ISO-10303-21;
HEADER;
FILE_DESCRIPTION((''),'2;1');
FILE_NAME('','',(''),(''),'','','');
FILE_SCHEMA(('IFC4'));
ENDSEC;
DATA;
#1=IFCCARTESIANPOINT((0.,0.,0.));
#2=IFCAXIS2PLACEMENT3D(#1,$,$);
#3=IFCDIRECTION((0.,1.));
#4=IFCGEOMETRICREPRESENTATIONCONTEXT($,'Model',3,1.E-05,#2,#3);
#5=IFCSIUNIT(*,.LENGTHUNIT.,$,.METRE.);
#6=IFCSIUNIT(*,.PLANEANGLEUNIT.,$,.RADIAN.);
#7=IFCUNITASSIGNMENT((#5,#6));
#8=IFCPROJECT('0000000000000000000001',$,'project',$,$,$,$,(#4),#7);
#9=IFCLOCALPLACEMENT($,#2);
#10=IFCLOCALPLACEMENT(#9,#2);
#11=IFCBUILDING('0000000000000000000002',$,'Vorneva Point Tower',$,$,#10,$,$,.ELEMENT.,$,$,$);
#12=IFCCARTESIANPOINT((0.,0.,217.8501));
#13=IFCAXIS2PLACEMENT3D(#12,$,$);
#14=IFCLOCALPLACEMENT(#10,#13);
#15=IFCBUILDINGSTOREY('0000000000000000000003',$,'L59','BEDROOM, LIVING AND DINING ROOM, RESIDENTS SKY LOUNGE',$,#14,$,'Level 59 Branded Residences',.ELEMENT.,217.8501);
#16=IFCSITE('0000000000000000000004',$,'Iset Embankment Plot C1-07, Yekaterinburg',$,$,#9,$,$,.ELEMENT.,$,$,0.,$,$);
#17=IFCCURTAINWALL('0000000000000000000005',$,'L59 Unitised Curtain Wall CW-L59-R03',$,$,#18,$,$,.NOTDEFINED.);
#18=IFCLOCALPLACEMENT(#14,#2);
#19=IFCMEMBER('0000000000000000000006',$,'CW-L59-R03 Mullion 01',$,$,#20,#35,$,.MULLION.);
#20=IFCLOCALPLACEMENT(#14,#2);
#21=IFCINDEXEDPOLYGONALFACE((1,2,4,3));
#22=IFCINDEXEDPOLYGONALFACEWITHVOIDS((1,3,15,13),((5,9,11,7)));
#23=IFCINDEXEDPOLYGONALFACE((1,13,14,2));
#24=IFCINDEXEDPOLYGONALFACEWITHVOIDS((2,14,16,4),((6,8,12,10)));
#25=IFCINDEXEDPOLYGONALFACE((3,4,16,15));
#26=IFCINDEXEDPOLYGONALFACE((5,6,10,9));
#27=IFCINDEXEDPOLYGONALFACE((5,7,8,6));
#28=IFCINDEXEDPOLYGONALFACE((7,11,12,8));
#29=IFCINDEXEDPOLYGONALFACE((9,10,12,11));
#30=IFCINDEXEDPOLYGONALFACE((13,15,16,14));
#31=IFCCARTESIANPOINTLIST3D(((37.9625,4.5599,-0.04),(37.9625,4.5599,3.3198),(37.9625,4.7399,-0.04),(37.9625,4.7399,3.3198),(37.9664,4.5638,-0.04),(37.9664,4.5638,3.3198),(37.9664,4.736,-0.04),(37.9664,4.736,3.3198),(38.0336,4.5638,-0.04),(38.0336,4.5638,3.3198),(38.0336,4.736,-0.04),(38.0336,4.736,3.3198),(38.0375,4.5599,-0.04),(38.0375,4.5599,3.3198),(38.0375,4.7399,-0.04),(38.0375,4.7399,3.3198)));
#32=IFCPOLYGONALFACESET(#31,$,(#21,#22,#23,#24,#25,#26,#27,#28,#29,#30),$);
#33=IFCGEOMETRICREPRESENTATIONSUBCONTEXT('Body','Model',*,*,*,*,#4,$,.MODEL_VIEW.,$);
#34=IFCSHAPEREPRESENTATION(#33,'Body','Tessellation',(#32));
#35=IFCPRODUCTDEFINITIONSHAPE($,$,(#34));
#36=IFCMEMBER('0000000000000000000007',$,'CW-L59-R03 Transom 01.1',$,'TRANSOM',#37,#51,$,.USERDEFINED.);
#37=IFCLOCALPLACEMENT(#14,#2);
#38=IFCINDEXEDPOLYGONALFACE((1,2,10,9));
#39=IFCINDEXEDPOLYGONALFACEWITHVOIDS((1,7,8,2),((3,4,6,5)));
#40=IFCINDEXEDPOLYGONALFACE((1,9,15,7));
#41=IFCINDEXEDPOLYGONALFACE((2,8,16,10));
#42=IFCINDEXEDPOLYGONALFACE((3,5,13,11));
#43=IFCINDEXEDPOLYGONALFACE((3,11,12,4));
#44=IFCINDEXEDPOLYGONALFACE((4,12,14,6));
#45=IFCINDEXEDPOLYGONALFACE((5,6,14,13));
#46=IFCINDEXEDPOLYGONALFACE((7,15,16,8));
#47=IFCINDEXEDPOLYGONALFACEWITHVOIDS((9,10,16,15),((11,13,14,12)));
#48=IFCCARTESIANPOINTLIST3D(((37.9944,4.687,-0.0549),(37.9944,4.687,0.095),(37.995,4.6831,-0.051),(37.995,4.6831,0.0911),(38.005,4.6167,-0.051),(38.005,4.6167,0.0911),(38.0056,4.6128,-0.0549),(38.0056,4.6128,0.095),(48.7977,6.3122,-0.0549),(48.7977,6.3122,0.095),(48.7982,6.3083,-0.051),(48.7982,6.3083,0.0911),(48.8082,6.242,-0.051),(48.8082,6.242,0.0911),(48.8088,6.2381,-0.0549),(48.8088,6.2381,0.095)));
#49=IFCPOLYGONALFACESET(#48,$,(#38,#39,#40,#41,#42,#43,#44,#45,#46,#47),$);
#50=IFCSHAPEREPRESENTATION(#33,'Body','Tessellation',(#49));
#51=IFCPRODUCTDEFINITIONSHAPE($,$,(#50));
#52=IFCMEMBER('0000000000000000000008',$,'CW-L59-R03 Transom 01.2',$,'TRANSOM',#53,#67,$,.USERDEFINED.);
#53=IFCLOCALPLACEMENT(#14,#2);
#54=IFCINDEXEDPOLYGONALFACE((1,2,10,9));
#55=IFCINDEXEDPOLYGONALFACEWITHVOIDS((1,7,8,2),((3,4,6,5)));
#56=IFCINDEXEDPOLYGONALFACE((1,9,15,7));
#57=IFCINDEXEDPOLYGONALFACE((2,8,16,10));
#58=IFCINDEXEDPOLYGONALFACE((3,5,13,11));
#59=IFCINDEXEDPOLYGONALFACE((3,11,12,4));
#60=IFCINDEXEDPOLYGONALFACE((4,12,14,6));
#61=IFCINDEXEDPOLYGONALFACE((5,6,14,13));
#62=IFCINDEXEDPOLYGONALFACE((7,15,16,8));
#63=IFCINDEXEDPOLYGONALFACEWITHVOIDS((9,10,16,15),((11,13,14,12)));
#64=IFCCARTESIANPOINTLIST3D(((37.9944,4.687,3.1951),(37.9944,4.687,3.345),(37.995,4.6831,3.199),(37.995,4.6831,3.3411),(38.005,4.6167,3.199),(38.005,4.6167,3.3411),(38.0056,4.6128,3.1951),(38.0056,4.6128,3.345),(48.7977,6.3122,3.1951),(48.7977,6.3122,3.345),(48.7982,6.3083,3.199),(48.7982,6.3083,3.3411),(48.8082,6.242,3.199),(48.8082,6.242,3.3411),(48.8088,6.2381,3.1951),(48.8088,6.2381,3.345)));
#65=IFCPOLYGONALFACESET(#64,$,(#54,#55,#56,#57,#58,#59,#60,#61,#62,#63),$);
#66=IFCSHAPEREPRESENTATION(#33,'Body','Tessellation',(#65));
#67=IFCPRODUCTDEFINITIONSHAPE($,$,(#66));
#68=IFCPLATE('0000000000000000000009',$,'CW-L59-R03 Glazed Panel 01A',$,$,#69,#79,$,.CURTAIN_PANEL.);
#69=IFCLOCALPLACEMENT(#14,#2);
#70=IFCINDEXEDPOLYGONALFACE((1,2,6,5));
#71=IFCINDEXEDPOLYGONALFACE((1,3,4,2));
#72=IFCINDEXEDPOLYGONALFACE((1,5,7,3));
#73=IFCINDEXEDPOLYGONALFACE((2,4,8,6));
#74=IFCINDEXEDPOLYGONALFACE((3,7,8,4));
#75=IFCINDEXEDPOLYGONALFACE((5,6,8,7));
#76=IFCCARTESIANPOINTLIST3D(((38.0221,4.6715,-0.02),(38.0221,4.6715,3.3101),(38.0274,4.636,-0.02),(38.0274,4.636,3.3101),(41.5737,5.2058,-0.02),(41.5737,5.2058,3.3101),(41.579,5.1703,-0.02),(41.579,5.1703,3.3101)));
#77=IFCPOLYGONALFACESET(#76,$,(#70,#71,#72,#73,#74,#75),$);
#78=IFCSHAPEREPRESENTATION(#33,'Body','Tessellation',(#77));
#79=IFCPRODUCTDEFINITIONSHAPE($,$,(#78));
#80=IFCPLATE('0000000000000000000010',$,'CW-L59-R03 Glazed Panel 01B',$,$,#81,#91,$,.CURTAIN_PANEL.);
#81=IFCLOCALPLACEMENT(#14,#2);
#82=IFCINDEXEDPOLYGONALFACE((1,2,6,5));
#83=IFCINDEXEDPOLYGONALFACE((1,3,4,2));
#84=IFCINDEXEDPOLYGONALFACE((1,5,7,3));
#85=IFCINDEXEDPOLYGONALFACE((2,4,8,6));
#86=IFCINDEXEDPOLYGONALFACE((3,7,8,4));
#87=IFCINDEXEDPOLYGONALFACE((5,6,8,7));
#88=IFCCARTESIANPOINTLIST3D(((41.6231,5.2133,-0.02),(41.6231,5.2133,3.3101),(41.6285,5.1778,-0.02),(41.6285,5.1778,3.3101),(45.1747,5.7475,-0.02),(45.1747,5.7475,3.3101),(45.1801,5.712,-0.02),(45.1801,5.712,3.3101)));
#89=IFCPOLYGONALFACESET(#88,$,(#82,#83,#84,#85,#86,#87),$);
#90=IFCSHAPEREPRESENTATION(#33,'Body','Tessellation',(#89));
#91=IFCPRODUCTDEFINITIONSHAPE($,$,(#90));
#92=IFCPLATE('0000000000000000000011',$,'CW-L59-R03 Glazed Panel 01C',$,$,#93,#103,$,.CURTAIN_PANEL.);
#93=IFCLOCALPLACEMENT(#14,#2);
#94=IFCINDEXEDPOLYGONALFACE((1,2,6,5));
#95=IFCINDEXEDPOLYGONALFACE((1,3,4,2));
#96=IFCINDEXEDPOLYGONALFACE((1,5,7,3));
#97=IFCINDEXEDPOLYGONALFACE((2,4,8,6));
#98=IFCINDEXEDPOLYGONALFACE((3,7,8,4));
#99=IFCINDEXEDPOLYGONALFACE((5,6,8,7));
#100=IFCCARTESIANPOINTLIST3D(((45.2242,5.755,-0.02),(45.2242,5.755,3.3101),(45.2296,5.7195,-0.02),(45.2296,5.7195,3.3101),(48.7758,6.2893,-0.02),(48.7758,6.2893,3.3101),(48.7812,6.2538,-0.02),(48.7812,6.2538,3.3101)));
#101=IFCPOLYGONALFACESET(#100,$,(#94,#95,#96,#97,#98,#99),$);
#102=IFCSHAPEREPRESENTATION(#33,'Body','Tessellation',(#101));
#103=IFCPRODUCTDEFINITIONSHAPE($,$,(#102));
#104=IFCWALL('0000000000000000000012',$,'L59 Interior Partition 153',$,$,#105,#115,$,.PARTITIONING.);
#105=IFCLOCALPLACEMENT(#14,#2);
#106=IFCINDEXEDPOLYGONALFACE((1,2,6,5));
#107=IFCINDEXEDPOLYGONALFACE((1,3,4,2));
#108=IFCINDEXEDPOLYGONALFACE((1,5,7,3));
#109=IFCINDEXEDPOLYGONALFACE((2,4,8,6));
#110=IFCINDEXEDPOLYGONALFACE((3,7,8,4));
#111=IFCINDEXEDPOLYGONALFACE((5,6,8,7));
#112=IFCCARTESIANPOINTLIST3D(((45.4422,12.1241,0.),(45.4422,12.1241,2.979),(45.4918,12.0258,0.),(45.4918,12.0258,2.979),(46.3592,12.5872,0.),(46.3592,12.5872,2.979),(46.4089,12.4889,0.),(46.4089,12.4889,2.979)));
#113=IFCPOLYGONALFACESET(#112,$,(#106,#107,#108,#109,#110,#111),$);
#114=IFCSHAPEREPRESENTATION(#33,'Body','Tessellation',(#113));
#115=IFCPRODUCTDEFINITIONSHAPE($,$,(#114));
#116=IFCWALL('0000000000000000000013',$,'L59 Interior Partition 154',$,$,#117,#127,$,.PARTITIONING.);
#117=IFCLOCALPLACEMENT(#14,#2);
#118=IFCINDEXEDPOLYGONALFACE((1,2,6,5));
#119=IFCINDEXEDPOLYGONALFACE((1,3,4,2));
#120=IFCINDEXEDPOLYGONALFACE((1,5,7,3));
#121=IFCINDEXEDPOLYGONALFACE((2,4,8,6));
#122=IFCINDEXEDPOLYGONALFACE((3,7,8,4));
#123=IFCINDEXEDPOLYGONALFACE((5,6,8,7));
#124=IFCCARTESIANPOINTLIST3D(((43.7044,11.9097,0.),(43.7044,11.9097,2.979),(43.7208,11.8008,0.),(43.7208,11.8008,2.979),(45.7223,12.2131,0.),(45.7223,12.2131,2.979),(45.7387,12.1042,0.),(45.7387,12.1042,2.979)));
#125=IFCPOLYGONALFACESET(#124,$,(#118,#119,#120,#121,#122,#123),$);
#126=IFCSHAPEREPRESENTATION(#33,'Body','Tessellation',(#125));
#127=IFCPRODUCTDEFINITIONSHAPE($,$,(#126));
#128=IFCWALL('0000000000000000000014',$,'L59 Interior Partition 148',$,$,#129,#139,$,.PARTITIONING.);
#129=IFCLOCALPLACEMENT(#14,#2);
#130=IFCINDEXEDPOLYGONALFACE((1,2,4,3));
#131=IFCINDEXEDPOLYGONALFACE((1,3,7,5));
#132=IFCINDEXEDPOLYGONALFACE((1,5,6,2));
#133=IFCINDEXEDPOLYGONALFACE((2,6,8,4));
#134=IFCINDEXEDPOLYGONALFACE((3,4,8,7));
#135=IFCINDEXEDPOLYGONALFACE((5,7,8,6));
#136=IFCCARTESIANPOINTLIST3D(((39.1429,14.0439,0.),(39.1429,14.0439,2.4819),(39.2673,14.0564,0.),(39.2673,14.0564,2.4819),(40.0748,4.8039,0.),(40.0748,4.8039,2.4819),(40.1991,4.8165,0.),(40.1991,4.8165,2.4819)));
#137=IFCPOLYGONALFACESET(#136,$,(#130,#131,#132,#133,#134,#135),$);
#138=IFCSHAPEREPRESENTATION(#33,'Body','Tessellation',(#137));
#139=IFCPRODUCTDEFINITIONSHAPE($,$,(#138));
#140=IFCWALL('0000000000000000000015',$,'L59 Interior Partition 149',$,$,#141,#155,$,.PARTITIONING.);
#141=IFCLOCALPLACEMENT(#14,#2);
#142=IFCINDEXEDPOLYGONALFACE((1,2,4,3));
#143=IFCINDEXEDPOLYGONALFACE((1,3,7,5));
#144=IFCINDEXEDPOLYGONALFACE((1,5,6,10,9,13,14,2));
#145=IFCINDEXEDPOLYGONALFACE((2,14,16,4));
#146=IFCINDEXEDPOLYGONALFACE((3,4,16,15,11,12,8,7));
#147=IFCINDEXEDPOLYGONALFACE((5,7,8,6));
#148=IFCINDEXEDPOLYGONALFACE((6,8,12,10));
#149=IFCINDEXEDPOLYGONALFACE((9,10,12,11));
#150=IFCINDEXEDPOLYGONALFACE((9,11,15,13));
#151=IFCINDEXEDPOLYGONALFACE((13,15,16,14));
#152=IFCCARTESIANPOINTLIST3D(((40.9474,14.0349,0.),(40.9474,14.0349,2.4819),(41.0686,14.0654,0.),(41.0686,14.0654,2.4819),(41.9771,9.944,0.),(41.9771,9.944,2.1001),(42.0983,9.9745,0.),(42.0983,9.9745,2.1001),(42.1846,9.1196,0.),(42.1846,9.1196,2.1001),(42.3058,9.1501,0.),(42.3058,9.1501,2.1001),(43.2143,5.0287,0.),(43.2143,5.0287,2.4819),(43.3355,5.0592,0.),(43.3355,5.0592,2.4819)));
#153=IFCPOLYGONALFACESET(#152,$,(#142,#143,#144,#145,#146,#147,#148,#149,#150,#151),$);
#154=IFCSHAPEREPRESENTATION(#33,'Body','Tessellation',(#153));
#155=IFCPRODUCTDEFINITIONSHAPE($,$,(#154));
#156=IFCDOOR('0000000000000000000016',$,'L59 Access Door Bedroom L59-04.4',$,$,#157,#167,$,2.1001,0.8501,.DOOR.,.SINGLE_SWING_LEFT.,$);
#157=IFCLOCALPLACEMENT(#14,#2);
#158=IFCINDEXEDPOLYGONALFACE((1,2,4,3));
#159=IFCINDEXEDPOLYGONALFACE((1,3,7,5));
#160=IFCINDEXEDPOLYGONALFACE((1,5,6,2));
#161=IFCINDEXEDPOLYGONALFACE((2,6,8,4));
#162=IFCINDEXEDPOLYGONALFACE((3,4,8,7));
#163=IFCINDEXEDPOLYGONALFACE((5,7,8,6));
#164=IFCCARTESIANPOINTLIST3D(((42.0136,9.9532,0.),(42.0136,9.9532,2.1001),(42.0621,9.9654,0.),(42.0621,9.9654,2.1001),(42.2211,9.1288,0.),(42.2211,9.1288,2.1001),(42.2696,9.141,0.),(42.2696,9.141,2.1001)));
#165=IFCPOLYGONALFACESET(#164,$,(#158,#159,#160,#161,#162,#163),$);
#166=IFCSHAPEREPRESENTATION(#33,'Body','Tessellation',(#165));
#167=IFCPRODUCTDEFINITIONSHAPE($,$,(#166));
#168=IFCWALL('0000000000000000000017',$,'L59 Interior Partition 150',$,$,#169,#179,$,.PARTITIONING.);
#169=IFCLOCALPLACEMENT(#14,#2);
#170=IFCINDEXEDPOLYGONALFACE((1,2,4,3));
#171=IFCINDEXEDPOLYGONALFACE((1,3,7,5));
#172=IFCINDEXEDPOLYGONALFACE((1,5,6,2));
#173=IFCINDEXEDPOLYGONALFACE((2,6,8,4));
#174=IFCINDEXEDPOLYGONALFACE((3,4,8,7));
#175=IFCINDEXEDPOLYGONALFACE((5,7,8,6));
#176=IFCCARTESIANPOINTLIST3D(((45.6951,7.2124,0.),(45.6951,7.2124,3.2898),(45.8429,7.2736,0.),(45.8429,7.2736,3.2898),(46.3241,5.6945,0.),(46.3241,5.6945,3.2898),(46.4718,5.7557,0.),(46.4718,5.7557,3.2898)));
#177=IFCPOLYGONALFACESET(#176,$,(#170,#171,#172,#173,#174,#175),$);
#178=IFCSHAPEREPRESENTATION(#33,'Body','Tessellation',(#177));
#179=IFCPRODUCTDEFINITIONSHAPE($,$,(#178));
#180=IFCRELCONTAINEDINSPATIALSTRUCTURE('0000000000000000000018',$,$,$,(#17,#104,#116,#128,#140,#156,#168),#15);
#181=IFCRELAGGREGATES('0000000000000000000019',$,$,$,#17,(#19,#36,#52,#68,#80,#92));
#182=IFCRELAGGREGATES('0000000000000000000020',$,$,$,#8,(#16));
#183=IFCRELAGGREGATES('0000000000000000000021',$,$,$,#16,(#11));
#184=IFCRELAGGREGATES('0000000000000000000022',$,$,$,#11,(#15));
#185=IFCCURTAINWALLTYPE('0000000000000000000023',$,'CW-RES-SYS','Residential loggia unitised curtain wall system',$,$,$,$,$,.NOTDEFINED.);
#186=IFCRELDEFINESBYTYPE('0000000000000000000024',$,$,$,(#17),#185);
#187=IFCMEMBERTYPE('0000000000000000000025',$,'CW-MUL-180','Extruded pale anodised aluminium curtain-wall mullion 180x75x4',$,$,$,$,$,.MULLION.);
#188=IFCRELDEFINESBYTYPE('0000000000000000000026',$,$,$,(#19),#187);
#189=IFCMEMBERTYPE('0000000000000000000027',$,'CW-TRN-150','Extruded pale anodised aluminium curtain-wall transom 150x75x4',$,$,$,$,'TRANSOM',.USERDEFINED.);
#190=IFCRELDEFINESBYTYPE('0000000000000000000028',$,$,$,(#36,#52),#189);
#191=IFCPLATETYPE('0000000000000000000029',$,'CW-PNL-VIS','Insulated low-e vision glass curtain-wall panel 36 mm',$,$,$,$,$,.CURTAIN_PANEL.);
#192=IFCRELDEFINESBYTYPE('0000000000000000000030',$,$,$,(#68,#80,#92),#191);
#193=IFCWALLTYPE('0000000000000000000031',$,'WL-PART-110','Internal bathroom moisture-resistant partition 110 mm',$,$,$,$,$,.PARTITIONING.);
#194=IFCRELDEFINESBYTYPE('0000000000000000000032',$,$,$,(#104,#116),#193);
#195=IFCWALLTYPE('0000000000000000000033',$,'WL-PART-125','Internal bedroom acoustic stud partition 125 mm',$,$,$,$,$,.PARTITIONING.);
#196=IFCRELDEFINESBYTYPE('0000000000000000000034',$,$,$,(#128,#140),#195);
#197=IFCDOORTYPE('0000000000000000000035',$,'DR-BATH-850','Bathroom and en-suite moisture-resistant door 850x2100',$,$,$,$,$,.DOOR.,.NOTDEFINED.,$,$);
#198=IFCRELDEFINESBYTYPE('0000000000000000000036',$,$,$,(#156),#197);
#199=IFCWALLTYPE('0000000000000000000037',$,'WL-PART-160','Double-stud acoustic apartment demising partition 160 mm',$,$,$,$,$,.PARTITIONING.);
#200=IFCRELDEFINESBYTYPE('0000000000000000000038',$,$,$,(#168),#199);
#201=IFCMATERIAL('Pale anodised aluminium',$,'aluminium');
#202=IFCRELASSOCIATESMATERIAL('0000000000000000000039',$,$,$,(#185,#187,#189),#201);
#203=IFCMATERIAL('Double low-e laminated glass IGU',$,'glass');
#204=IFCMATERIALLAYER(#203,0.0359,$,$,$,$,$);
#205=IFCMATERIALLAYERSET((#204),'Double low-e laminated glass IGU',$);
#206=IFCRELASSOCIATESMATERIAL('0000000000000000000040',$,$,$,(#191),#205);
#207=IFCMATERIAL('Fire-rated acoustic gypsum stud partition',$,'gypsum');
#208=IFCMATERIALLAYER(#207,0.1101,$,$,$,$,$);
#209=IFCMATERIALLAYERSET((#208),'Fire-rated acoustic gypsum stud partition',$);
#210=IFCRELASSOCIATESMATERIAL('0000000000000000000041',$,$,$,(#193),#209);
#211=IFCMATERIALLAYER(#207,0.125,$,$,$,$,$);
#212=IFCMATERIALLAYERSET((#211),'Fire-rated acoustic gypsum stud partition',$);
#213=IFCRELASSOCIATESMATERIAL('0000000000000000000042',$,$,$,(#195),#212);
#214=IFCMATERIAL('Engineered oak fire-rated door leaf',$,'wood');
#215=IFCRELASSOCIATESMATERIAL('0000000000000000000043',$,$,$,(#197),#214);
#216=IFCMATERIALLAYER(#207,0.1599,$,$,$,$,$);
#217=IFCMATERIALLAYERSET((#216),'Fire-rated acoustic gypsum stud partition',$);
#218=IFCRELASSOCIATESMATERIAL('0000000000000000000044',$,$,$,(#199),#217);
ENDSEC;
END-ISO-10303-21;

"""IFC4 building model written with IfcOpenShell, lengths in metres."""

from ifc_helpers import new_model, si_unit, direction, frame, frame_2d, origin, origin_2d, place, context, subcontext, project, spatial, rectangle, hollow_rectangle, extrude, material, layer, layer_set, material_profile, profile_set, type_object, element, fill, aggregate, save


model = new_model("IFC4")

# Units and contexts
model_context = context("Model", 3, precision=1e-05, world=origin(), true_north=direction((0.0, 1.0)))
body_context = subcontext(model_context, "Body", "Model", "MODEL_VIEW")
ifc_project = project(units=[si_unit("LENGTHUNIT", "METRE"), si_unit("PLANEANGLEUNIT", "RADIAN")], contexts=[model_context])

# Site, building, storey
site_placement = place(None, origin())
site = spatial("IfcSite", under=ifc_project, at=site_placement, Name="Iset Embankment Plot C1-07, Yekaterinburg", CompositionType="ELEMENT", RefElevation=0.0)
building_placement = place(site_placement, origin())
building = spatial("IfcBuilding", under=site, at=building_placement, Name="Vorneva Point Tower", CompositionType="ELEMENT")
storey_placement = place(building_placement, frame((0.0, 0.0, 217.8501)))
storey = spatial("IfcBuildingStorey", under=building, at=storey_placement, Name="L59", Description="BEDROOM, LIVING AND DINING ROOM, RESIDENTS SKY LOUNGE", LongName="Level 59 Branded Residences", CompositionType="ELEMENT", Elevation=217.8501)

# Curtain wall, members, plates
ifc_material_1 = material(Name="Pale anodised aluminium", Category="aluminium")
curtain_wall_type = type_object("IfcCurtainWallType", Name="CW-RES-SYS", Description="Residential loggia unitised curtain wall system", PredefinedType="NOTDEFINED", material=ifc_material_1)
curtain_wall_placement = place(storey_placement, origin())
curtain_wall = element("IfcCurtainWall", 1, at=curtain_wall_placement, inside=storey, type_object=curtain_wall_type, Name="L59 Unitised Curtain Wall CW-L59-R03", PredefinedType="NOTDEFINED")
ifc_material_profile_1 = material_profile(ifc_material_1, hollow_rectangle(XDim=0.075, YDim=0.1799, WallThickness=0.0039, at=origin_2d()), Name="AL-MUL 180x75x4")
ifc_profile_set_1 = profile_set([ifc_material_profile_1], Name="Pale anodised aluminium")
member_type_1 = type_object("IfcMemberType", Name="CW-MUL-180", Description="Extruded pale anodised aluminium curtain-wall mullion 180x75x4", PredefinedType="MULLION", material=ifc_profile_set_1)
member_1_placement = place(storey_placement, frame((38.0, 4.6499, -0.04), z_axis=(0.0, 0.0, 1.0), x_axis=(1.0, 0.0, 0.0)))
member_1 = element("IfcMember", 2, at=member_1_placement, type_object=member_type_1, Name="CW-L59-R03 Mullion 01", PredefinedType="MULLION", context=body_context, shape_type="SweptSolid", body=[
    extrude(hollow_rectangle(XDim=0.075, YDim=0.1799, WallThickness=0.0039, at=origin_2d()), origin(), (0.0, 0.0, 1.0), 3.3599),
])
ifc_material_profile_2 = material_profile(ifc_material_1, hollow_rectangle(XDim=0.075, YDim=0.1499, WallThickness=0.0039, at=origin_2d()), Name="AL-TRN 150x75x4")
ifc_profile_set_2 = profile_set([ifc_material_profile_2], Name="Pale anodised aluminium")
member_type_2 = type_object("IfcMemberType", Name="CW-TRN-150", Description="Extruded pale anodised aluminium curtain-wall transom 150x75x4", ElementType="TRANSOM", PredefinedType="USERDEFINED", material=ifc_profile_set_2)
member_2_placement = place(storey_placement, frame((38.0, 4.6499, 0.02), z_axis=(0.988872, 0.148767, 0.0), x_axis=(-0.148767, 0.988872, 0.0)))
member_2 = element("IfcMember", 3, at=member_2_placement, type_object=member_type_2, Name="CW-L59-R03 Transom 01.1", ObjectType="TRANSOM", PredefinedType="USERDEFINED", context=body_context, shape_type="SweptSolid", body=[
    extrude(hollow_rectangle(XDim=0.075, YDim=0.1499, WallThickness=0.0039, at=origin_2d()), origin(), (0.0, 0.0, 1.0), 10.9248),
])
member_3_placement = place(storey_placement, frame((38.0, 4.6499, 3.27), z_axis=(0.988872, 0.148767, 0.0), x_axis=(-0.148767, 0.988872, 0.0)))
member_3 = element("IfcMember", 4, at=member_3_placement, type_object=member_type_2, Name="CW-L59-R03 Transom 01.2", ObjectType="TRANSOM", PredefinedType="USERDEFINED", context=body_context, shape_type="SweptSolid", body=[
    extrude(hollow_rectangle(XDim=0.075, YDim=0.1499, WallThickness=0.0039, at=origin_2d()), origin(), (0.0, 0.0, 1.0), 10.9248),
])
ifc_material_2 = material(Name="Double low-e laminated glass IGU", Category="glass")
ifc_layer_1 = layer(ifc_material_2, 0.0359)
ifc_layer_set_1 = layer_set([ifc_layer_1], Name="Double low-e laminated glass IGU")
plate_type = type_object("IfcPlateType", Name="CW-PNL-VIS", Description="Insulated low-e vision glass curtain-wall panel 36 mm", PredefinedType="CURTAIN_PANEL", material=ifc_layer_set_1)
plate_1_placement = place(storey_placement, frame((39.8005, 4.9209, -0.02), z_axis=(0.0, 0.0, 1.0), x_axis=(0.988874, 0.148759, 0.0)))
plate_1 = element("IfcPlate", 5, at=plate_1_placement, type_object=plate_type, Name="CW-L59-R03 Glazed Panel 01A", PredefinedType="CURTAIN_PANEL", context=body_context, shape_type="SweptSolid", body=[
    extrude(rectangle(XDim=3.5916, YDim=0.0359, at=origin_2d()), origin(), (0.0, 0.0, 1.0), 3.3301),
])
plate_2_placement = place(storey_placement, frame((43.4016, 5.4626, -0.02), z_axis=(0.0, 0.0, 1.0), x_axis=(0.988874, 0.148759, 0.0)))
plate_2 = element("IfcPlate", 6, at=plate_2_placement, type_object=plate_type, Name="CW-L59-R03 Glazed Panel 01B", PredefinedType="CURTAIN_PANEL", context=body_context, shape_type="SweptSolid", body=[
    extrude(rectangle(XDim=3.5916, YDim=0.0359, at=origin_2d()), origin(), (0.0, 0.0, 1.0), 3.3301),
])
plate_3_placement = place(storey_placement, frame((47.0027, 6.0044, -0.02), z_axis=(0.0, 0.0, 1.0), x_axis=(0.988874, 0.148759, 0.0)))
plate_3 = element("IfcPlate", 7, at=plate_3_placement, type_object=plate_type, Name="CW-L59-R03 Glazed Panel 01C", PredefinedType="CURTAIN_PANEL", context=body_context, shape_type="SweptSolid", body=[
    extrude(rectangle(XDim=3.5916, YDim=0.0359, at=origin_2d()), origin(), (0.0, 0.0, 1.0), 3.3301),
])
aggregate(curtain_wall, [member_1, member_2, member_3, plate_1, plate_2, plate_3])

# Walls
ifc_material_3 = material(Name="Fire-rated acoustic gypsum stud partition", Category="gypsum")
ifc_layer_2 = layer(ifc_material_3, 0.1101)
ifc_layer_set_2 = layer_set([ifc_layer_2], Name="Fire-rated acoustic gypsum stud partition")
wall_type_1 = type_object("IfcWallType", Name="WL-PART-110", Description="Internal bathroom moisture-resistant partition 110 mm", PredefinedType="PARTITIONING", material=ifc_layer_set_2)
wall_1_placement = place(storey_placement, frame((46.384, 12.5381, 0.0), z_axis=(0.0, 0.0, 1.0), x_axis=(-0.892614, -0.450822, 0.0)))
element("IfcWall", 8, at=wall_1_placement, inside=storey, type_object=wall_type_1, Name="L59 Interior Partition 153", PredefinedType="PARTITIONING", context=body_context, shape_type="SweptSolid", body=[
    extrude(rectangle(XDim=1.0273, YDim=0.1101, at=frame_2d((0.5137, 0.0))), origin(), (0.0, 0.0, 1.0), 2.979),
])
wall_2_placement = place(storey_placement, frame((45.7305, 12.1587, 0.0), z_axis=(0.0, 0.0, 1.0), x_axis=(-0.988879, -0.148721, 0.0)))
element("IfcWall", 9, at=wall_2_placement, inside=storey, type_object=wall_type_1, Name="L59 Interior Partition 154", PredefinedType="PARTITIONING", context=body_context, shape_type="SweptSolid", body=[
    extrude(rectangle(XDim=2.0405, YDim=0.1101, at=frame_2d((1.0203, 0.0))), origin(), (0.0, 0.0, 1.0), 2.979),
])
ifc_layer_3 = layer(ifc_material_3, 0.125)
ifc_layer_set_3 = layer_set([ifc_layer_3], Name="Fire-rated acoustic gypsum stud partition")
wall_type_2 = type_object("IfcWallType", Name="WL-PART-125", Description="Internal bedroom acoustic stud partition 125 mm", PredefinedType="PARTITIONING", material=ifc_layer_set_3)
wall_3_placement = place(storey_placement, frame((40.137, 4.8101, 0.0), z_axis=(0.0, 0.0, 1.0), x_axis=(-0.100344, 0.994953, 0.0)))
element("IfcWall", 10, at=wall_3_placement, inside=storey, type_object=wall_type_2, Name="L59 Interior Partition 148", PredefinedType="PARTITIONING", context=body_context, shape_type="SweptSolid", body=[
    extrude(rectangle(XDim=9.2869, YDim=0.125, at=frame_2d((4.6436, 0.0))), origin(), (0.0, 0.0, 1.0), 2.4819),
])

# Wall, opening, door
wall_4_placement = place(storey_placement, frame((43.2749, 5.0439, 0.0), z_axis=(0.0, 0.0, 1.0), x_axis=(-0.244088, 0.969753, 0.0)))
wall_4 = element("IfcWall", 11, at=wall_4_placement, inside=storey, type_object=wall_type_2, Name="L59 Interior Partition 149", PredefinedType="PARTITIONING", context=body_context, shape_type="SweptSolid", body=[
    extrude(rectangle(XDim=9.2871, YDim=0.125, at=frame_2d((4.6436, 0.0))), origin(), (0.0, 0.0, 1.0), 2.4819),
])
opening_1_placement = place(wall_4_placement, frame((4.2185, 0.0, 0.0)))
opening_1 = element("IfcOpeningElement", 12, at=opening_1_placement, cuts=wall_4, PredefinedType="OPENING", context=body_context, shape_type="SweptSolid", body=[
    extrude(rectangle(XDim=0.8501, YDim=2.1001, at=frame_2d((0.425, 1.05))), frame((0.0, 0.0774, 0.0), z_axis=(0.0, -1.0, 0.0), x_axis=(1.0, 0.0, 0.0)), (0.0, 0.0, 1.0), 0.1548),
])
ifc_material_4 = material(Name="Engineered oak fire-rated door leaf", Category="wood")
door_type_1 = type_object("IfcDoorType", Name="DR-BATH-850", Description="Bathroom and en-suite moisture-resistant door 850x2100", OperationType="NOTDEFINED", PredefinedType="DOOR", material=ifc_material_4)
door_1_placement = place(opening_1_placement, origin())
door_1 = element("IfcDoor", 13, at=door_1_placement, inside=storey, type_object=door_type_1, Name="L59 Access Door Bedroom L59-04.4", OperationType="SINGLE_SWING_LEFT", OverallHeight=2.1001, OverallWidth=0.8501, PredefinedType="DOOR", context=body_context, shape_type="SweptSolid", body=[
    extrude(rectangle(XDim=0.8501, YDim=2.1001, at=frame_2d((0.425, 1.05))), frame((0.0, 0.0249, 0.0), z_axis=(0.0, -1.0, 0.0), x_axis=(1.0, 0.0, 0.0)), (0.0, 0.0, 1.0), 0.05),
])
fill(opening_1, door_1)

# Wall
ifc_layer_4 = layer(ifc_material_3, 0.1599)
ifc_layer_set_4 = layer_set([ifc_layer_4], Name="Fire-rated acoustic gypsum stud partition")
wall_type_3 = type_object("IfcWallType", Name="WL-PART-160", Description="Double-stud acoustic apartment demising partition 160 mm", PredefinedType="PARTITIONING", material=ifc_layer_set_4)
wall_5_placement = place(storey_placement, frame((46.3979, 5.7251, 0.0), z_axis=(0.0, 0.0, 1.0), x_axis=(-0.382789, 0.923836, 0.0)))
element("IfcWall", 14, at=wall_5_placement, inside=storey, type_object=wall_type_3, Name="L59 Interior Partition 150", PredefinedType="PARTITIONING", context=body_context, shape_type="SweptSolid", body=[
    extrude(rectangle(XDim=1.6431, YDim=0.1599, at=frame_2d((0.8215, 0.0))), origin(), (0.0, 0.0, 1.0), 3.2898),
])

save(model, "model.ifc")
